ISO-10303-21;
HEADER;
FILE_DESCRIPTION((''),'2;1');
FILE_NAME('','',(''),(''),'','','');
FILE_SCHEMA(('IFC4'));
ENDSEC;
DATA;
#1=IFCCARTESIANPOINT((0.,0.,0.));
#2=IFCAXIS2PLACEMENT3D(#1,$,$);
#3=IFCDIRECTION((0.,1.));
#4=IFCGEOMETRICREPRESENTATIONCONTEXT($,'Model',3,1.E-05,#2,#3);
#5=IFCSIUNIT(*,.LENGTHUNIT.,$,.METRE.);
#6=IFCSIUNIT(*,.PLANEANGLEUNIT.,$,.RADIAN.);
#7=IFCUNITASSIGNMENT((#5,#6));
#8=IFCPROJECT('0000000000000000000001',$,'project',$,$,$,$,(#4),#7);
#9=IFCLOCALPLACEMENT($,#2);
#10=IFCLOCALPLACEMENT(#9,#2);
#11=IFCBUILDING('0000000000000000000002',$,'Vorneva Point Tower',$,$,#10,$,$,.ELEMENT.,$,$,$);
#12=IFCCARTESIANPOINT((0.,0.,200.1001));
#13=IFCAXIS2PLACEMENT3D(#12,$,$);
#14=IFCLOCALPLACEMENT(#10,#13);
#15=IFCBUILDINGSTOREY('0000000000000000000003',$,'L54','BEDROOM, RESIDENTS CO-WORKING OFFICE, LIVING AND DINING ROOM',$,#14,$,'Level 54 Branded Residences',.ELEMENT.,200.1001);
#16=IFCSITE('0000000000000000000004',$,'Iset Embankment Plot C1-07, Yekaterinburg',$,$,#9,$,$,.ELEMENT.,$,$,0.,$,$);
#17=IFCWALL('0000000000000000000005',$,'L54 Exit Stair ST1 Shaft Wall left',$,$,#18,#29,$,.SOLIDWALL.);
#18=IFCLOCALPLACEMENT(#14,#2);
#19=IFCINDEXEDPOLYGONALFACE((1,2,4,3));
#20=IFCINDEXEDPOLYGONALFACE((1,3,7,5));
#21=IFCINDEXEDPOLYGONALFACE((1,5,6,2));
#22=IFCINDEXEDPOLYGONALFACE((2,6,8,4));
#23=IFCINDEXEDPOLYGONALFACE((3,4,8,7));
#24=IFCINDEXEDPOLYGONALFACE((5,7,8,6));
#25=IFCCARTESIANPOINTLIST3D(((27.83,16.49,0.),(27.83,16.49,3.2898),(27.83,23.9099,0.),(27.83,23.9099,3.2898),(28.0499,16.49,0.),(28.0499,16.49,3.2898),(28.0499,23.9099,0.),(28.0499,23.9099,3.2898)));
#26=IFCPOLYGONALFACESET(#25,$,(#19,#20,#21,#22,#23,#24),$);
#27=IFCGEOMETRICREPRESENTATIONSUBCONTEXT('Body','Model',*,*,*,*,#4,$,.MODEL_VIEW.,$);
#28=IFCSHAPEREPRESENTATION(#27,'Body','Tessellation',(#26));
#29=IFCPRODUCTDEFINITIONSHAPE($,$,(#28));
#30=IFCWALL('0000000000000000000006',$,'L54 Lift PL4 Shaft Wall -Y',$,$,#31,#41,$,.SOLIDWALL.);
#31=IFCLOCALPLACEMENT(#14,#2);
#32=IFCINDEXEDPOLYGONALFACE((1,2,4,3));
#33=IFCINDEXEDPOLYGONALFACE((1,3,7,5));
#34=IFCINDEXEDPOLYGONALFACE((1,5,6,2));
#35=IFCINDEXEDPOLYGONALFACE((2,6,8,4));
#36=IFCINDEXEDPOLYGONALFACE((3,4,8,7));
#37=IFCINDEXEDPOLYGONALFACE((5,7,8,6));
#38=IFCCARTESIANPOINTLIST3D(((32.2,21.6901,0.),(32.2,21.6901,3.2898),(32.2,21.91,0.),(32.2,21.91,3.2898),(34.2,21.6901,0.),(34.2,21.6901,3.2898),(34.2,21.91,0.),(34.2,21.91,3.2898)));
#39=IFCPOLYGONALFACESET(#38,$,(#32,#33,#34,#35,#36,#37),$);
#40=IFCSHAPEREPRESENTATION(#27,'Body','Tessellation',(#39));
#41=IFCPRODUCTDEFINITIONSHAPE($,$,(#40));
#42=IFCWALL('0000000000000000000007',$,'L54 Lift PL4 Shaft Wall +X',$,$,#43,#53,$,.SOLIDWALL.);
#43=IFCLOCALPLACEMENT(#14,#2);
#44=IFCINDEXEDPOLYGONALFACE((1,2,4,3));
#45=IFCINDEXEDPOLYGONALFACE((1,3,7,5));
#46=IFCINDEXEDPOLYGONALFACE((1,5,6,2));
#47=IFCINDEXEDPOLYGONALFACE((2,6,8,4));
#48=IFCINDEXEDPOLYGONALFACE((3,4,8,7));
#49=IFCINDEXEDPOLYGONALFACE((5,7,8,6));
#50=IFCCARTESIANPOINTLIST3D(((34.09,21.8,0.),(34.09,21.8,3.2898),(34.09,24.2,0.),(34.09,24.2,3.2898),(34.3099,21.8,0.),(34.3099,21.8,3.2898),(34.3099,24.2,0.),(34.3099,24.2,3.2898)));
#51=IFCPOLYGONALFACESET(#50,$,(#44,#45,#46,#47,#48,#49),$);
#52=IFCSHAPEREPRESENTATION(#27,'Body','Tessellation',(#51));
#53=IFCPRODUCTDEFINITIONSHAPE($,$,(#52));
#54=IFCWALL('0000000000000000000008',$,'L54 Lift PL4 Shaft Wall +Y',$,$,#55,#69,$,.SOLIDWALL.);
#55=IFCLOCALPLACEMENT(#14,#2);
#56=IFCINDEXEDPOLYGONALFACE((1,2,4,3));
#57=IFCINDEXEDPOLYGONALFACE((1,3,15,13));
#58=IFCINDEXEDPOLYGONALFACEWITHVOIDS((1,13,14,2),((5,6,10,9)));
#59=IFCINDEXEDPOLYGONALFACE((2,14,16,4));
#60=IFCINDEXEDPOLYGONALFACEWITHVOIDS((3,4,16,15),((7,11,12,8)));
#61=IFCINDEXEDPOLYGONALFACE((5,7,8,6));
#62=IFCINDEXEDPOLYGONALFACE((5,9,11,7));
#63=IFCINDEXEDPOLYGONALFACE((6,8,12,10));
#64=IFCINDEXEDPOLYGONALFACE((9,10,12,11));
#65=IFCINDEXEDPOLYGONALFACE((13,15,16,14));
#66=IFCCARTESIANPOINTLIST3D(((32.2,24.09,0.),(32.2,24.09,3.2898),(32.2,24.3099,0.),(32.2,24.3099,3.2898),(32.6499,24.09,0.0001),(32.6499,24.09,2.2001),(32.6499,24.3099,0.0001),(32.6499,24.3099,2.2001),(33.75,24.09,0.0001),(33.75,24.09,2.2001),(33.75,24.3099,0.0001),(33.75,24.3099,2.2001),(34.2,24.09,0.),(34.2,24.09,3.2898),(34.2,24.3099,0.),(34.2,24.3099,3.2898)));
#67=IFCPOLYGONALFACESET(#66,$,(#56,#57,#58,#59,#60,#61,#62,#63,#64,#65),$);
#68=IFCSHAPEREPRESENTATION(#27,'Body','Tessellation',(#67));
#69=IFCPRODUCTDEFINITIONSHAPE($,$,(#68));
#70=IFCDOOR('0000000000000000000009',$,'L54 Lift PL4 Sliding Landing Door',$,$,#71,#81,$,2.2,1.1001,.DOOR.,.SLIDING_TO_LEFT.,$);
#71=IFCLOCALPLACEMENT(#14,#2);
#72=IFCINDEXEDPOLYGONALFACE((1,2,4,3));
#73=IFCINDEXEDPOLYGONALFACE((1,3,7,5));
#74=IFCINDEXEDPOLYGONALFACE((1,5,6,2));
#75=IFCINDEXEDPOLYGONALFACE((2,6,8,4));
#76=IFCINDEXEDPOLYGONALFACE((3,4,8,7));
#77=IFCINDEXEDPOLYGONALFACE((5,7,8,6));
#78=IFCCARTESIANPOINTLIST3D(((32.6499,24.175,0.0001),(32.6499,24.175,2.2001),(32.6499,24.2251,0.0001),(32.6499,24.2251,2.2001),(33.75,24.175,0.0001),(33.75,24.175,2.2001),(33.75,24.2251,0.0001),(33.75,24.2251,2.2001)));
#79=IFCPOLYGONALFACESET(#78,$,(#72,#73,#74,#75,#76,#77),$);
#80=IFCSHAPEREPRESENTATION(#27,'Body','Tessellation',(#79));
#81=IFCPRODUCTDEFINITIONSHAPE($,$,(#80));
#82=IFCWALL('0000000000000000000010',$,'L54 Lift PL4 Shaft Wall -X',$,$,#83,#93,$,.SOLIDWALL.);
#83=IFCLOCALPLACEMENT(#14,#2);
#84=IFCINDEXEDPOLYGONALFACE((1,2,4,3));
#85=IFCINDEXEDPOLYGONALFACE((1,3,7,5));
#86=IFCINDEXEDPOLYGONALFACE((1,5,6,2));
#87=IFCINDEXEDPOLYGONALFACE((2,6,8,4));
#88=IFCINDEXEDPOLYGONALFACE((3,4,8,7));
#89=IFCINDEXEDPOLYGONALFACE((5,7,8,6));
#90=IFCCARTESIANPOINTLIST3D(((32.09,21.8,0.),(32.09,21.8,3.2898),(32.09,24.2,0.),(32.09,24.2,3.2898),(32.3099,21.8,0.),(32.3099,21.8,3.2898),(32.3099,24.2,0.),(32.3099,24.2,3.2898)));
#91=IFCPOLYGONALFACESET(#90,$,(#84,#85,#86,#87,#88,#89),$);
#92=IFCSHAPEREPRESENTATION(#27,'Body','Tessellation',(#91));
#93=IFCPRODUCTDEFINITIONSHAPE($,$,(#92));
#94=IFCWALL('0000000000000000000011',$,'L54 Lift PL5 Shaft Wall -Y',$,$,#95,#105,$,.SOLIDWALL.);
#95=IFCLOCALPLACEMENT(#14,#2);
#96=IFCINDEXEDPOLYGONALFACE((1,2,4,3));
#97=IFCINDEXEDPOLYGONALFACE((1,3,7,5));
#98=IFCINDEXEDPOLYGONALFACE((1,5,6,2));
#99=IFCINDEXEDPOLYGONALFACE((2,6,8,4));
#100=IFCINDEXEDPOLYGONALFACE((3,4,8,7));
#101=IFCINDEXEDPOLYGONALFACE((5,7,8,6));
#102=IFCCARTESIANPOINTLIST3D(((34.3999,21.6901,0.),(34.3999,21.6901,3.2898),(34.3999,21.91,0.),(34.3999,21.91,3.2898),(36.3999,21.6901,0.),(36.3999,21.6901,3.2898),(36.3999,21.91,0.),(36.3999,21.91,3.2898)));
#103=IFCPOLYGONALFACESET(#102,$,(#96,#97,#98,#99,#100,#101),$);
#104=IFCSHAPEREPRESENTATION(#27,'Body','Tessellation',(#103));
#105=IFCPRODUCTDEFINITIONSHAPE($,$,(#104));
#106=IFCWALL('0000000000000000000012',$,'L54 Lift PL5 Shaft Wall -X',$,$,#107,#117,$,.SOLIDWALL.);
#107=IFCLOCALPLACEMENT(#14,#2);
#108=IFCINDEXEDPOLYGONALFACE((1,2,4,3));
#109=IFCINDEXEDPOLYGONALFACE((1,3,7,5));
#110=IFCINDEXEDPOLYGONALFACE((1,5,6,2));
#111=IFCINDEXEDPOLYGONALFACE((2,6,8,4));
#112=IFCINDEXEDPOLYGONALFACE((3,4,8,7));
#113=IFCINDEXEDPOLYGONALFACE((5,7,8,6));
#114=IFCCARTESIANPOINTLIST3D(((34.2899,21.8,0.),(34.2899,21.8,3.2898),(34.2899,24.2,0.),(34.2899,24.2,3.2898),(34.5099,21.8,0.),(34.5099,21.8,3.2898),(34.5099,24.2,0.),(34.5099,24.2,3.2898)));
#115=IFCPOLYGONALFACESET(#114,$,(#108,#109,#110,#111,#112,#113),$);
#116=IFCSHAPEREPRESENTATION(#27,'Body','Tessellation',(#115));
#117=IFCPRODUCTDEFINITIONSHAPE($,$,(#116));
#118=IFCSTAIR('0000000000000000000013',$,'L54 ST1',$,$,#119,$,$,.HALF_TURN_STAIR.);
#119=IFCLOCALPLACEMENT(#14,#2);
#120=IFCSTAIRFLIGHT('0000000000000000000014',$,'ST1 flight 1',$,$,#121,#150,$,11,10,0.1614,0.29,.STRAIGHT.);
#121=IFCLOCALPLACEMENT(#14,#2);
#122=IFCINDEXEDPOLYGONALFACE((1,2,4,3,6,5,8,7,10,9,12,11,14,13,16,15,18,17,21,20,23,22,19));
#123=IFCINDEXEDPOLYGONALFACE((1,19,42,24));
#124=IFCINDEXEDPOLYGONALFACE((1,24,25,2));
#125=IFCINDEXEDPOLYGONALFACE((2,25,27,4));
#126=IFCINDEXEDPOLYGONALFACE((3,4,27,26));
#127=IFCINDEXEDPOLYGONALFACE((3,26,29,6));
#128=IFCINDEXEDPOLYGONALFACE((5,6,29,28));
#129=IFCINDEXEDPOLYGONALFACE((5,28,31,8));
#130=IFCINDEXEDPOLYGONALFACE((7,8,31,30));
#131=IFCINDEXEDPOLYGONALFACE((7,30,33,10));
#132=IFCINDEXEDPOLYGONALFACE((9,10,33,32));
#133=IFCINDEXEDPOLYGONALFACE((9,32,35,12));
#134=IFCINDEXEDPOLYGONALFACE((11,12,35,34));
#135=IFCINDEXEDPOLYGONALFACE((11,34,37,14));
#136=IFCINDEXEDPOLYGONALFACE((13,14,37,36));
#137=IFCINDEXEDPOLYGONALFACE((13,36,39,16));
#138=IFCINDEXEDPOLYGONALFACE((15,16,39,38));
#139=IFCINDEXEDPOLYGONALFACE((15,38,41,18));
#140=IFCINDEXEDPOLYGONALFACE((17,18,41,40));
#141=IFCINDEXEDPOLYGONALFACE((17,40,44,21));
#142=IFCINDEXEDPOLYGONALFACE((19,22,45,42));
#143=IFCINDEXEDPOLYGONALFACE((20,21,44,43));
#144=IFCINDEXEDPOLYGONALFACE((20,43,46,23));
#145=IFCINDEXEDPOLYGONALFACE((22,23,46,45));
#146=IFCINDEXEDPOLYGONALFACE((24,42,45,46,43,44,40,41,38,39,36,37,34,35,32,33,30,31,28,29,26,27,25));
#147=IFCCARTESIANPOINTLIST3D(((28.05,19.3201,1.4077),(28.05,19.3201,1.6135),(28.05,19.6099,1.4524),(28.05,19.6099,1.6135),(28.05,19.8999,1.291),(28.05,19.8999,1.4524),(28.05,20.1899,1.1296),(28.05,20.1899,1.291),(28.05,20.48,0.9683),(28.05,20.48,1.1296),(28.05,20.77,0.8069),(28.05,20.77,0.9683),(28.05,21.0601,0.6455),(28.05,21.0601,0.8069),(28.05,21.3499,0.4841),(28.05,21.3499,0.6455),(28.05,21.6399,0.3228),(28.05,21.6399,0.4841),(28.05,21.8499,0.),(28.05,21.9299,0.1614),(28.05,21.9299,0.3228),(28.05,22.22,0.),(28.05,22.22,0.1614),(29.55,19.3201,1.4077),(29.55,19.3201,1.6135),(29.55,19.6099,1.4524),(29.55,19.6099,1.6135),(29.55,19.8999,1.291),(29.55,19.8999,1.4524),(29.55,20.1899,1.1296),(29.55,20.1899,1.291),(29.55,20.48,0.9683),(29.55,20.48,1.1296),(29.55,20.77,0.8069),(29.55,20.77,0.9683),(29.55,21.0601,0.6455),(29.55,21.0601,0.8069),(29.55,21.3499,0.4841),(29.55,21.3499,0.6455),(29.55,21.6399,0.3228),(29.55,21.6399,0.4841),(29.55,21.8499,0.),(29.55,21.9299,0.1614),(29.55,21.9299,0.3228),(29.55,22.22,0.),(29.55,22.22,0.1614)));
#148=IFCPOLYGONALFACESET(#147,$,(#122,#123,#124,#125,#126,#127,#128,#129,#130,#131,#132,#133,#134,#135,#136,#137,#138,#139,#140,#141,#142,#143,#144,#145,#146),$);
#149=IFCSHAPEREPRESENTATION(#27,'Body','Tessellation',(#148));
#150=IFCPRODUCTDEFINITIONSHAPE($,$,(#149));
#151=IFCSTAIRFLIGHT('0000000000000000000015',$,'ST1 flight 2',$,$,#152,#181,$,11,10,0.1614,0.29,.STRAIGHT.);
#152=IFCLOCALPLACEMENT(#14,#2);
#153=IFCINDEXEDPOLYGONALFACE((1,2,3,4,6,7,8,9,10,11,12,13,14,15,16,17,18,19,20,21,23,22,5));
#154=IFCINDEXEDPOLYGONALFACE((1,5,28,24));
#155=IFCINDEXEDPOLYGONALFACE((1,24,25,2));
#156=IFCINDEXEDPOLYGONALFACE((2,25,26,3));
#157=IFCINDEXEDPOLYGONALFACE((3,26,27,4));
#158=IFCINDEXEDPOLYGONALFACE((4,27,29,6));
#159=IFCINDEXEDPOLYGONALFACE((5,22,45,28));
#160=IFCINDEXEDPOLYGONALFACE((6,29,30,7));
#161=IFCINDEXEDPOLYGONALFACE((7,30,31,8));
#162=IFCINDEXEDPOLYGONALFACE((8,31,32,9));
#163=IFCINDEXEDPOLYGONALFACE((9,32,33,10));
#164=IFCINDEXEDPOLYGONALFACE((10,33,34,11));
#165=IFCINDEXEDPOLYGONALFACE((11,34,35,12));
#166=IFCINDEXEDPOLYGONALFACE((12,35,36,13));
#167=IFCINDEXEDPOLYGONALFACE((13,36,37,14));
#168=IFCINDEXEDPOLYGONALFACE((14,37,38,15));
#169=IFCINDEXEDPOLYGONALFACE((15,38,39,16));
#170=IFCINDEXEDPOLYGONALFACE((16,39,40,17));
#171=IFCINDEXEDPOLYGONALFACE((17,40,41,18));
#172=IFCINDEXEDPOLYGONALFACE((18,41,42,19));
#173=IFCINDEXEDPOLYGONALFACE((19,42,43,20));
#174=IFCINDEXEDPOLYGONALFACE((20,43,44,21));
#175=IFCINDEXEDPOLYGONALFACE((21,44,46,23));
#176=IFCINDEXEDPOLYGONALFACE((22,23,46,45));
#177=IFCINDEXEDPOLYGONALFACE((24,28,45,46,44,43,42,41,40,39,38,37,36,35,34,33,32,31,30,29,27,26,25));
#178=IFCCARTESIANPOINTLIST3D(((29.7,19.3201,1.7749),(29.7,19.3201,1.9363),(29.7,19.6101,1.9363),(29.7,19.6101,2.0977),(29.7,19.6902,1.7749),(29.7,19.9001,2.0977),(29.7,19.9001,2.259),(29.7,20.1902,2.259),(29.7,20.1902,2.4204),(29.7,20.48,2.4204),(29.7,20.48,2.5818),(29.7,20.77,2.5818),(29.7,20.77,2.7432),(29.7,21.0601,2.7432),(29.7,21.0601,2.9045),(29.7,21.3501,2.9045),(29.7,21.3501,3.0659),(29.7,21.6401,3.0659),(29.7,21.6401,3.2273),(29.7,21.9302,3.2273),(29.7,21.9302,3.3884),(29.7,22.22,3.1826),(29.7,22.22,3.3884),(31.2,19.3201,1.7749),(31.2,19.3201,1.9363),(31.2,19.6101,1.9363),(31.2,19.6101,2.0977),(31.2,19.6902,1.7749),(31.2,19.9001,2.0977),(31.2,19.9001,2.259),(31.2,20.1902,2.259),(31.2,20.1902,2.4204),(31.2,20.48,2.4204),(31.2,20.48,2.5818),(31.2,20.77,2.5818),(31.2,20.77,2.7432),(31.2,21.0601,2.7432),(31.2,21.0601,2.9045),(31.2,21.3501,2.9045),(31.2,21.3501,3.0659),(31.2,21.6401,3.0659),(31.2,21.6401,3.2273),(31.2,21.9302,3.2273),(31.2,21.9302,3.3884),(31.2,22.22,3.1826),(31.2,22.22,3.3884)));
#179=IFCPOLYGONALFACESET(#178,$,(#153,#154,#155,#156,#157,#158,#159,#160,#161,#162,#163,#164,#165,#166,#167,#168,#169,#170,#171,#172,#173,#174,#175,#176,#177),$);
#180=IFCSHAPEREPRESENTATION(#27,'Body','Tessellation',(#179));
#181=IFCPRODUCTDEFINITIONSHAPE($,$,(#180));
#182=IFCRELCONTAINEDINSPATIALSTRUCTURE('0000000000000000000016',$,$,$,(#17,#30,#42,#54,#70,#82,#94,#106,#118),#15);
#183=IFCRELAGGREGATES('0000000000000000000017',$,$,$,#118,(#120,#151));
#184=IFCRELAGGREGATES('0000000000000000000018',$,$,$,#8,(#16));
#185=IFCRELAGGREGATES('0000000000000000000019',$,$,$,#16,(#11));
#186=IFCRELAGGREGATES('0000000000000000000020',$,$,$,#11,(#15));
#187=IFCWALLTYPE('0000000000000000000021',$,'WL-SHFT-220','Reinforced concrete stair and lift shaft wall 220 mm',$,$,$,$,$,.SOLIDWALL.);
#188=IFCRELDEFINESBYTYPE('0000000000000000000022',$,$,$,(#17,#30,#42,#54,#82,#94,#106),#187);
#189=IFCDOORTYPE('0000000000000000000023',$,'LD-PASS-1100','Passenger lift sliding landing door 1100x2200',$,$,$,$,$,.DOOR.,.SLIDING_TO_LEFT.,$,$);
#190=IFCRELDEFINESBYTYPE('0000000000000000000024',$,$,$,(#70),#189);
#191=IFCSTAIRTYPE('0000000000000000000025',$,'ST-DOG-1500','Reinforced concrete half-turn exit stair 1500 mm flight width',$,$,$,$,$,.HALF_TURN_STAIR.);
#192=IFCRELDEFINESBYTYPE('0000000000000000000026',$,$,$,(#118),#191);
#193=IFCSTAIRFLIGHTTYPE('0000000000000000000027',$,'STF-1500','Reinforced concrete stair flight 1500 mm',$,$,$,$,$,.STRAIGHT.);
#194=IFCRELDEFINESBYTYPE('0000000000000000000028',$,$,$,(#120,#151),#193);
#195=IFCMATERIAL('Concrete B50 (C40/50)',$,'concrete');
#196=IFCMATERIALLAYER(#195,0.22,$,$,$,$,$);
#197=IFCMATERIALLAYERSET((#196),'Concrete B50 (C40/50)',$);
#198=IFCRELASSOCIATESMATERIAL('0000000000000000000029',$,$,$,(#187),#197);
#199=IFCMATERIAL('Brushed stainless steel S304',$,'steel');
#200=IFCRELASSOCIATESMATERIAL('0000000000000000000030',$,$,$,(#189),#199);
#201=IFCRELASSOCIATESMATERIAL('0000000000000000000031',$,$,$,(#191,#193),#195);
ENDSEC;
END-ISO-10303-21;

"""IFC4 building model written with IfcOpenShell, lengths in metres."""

from ifc_helpers import new_model, si_unit, direction, frame, frame_2d, origin, place, context, subcontext, project, spatial, polyline, rectangle, outline, extrude, material, layer, layer_set, type_object, element, fill, aggregate, save


model = new_model("IFC4")

# Units and contexts
model_context = context("Model", 3, precision=1e-05, world=origin(), true_north=direction((0.0, 1.0)))
body_context = subcontext(model_context, "Body", "Model", "MODEL_VIEW")
ifc_project = project(units=[si_unit("LENGTHUNIT", "METRE"), si_unit("PLANEANGLEUNIT", "RADIAN")], contexts=[model_context])

# Site, building, storey
site_placement = place(None, origin())
site = spatial("IfcSite", under=ifc_project, at=site_placement, Name="Iset Embankment Plot C1-07, Yekaterinburg", CompositionType="ELEMENT", RefElevation=0.0)
building_placement = place(site_placement, origin())
building = spatial("IfcBuilding", under=site, at=building_placement, Name="Vorneva Point Tower", CompositionType="ELEMENT")
storey_placement = place(building_placement, frame((0.0, 0.0, 200.1001)))
storey = spatial("IfcBuildingStorey", under=building, at=storey_placement, Name="L54", Description="BEDROOM, RESIDENTS CO-WORKING OFFICE, LIVING AND DINING ROOM", LongName="Level 54 Branded Residences", CompositionType="ELEMENT", Elevation=200.1001)

# Shared definitions
ifc_material_1 = material(Name="Concrete B50 (C40/50)", Category="concrete")

# Shared definitions
ifc_layer_1 = layer(ifc_material_1, 0.22)
ifc_layer_set_1 = layer_set([ifc_layer_1], Name="Concrete B50 (C40/50)")
wall_type_1 = type_object("IfcWallType", Name="WL-SHFT-220", Description="Reinforced concrete stair and lift shaft wall 220 mm", PredefinedType="SOLIDWALL", material=ifc_layer_set_1)

# Walls
wall_1_placement = place(storey_placement, frame((27.9399, 16.49, 0.0), z_axis=(0.0, 0.0, 1.0), x_axis=(0.0, 1.0, 0.0)))
element("IfcWall", 1, at=wall_1_placement, inside=storey, type_object=wall_type_1, Name="L54 Exit Stair ST1 Shaft Wall left", PredefinedType="SOLIDWALL", context=body_context, shape_type="SweptSolid", body=[
    extrude(rectangle(XDim=7.4199, YDim=0.22, at=frame_2d((3.71, 0.0))), origin(), (0.0, 0.0, 1.0), 3.2898),
])
wall_2_placement = place(storey_placement, frame((32.2, 21.8, 0.0), z_axis=(0.0, 0.0, 1.0), x_axis=(1.0, 0.0, 0.0)))
element("IfcWall", 2, at=wall_2_placement, inside=storey, type_object=wall_type_1, Name="L54 Lift PL4 Shaft Wall -Y", PredefinedType="SOLIDWALL", context=body_context, shape_type="SweptSolid", body=[
    extrude(rectangle(XDim=2.0, YDim=0.22, at=frame_2d((1.0, 0.0))), origin(), (0.0, 0.0, 1.0), 3.2898),
])
wall_3_placement = place(storey_placement, frame((34.2, 21.8, 0.0), z_axis=(0.0, 0.0, 1.0), x_axis=(0.0, 1.0, 0.0)))
element("IfcWall", 3, at=wall_3_placement, inside=storey, type_object=wall_type_1, Name="L54 Lift PL4 Shaft Wall +X", PredefinedType="SOLIDWALL", context=body_context, shape_type="SweptSolid", body=[
    extrude(rectangle(XDim=2.3999, YDim=0.22, at=frame_2d((1.2, 0.0))), origin(), (0.0, 0.0, 1.0), 3.2898),
])

# Wall, opening, door
wall_4_placement = place(storey_placement, frame((34.2, 24.2, 0.0), z_axis=(0.0, 0.0, 1.0), x_axis=(-1.0, 0.0, 0.0)))
wall_4 = element("IfcWall", 4, at=wall_4_placement, inside=storey, type_object=wall_type_1, Name="L54 Lift PL4 Shaft Wall +Y", PredefinedType="SOLIDWALL", context=body_context, shape_type="SweptSolid", body=[
    extrude(rectangle(XDim=2.0, YDim=0.22, at=frame_2d((1.0, 0.0))), origin(), (0.0, 0.0, 1.0), 3.2898),
])
opening_1_placement = place(wall_4_placement, frame((0.45, 0.0, 0.0)))
opening_1 = element("IfcOpeningElement", 5, at=opening_1_placement, cuts=wall_4, PredefinedType="OPENING", context=body_context, shape_type="SweptSolid", body=[
    extrude(rectangle(XDim=1.1001, YDim=2.2, at=frame_2d((0.55, 1.1001))), frame((0.0, 0.125, 0.0), z_axis=(0.0, -1.0, 0.0), x_axis=(1.0, 0.0, 0.0)), (0.0, 0.0, 1.0), 0.2498),
])
ifc_material_2 = material(Name="Brushed stainless steel S304", Category="steel")
door_type_1 = type_object("IfcDoorType", Name="LD-PASS-1100", Description="Passenger lift sliding landing door 1100x2200", OperationType="SLIDING_TO_LEFT", PredefinedType="DOOR", material=ifc_material_2)
door_1_placement = place(opening_1_placement, origin())
door_1 = element("IfcDoor", 6, at=door_1_placement, inside=storey, type_object=door_type_1, Name="L54 Lift PL4 Sliding Landing Door", OperationType="SLIDING_TO_LEFT", OverallHeight=2.2, OverallWidth=1.1001, PredefinedType="DOOR", context=body_context, shape_type="SweptSolid", body=[
    extrude(rectangle(XDim=1.1001, YDim=2.2, at=frame_2d((0.55, 1.1001))), frame((0.0, 0.0249, 0.0), z_axis=(0.0, -1.0, 0.0), x_axis=(1.0, 0.0, 0.0)), (0.0, 0.0, 1.0), 0.05),
])
fill(opening_1, door_1)

# Walls
wall_5_placement = place(storey_placement, frame((32.2, 24.2, 0.0), z_axis=(0.0, 0.0, 1.0), x_axis=(0.0, -1.0, 0.0)))
element("IfcWall", 7, at=wall_5_placement, inside=storey, type_object=wall_type_1, Name="L54 Lift PL4 Shaft Wall -X", PredefinedType="SOLIDWALL", context=body_context, shape_type="SweptSolid", body=[
    extrude(rectangle(XDim=2.3999, YDim=0.22, at=frame_2d((1.2, 0.0))), origin(), (0.0, 0.0, 1.0), 3.2898),
])
wall_6_placement = place(storey_placement, frame((34.3999, 21.8, 0.0), z_axis=(0.0, 0.0, 1.0), x_axis=(1.0, 0.0, 0.0)))
element("IfcWall", 8, at=wall_6_placement, inside=storey, type_object=wall_type_1, Name="L54 Lift PL5 Shaft Wall -Y", PredefinedType="SOLIDWALL", context=body_context, shape_type="SweptSolid", body=[
    extrude(rectangle(XDim=2.0, YDim=0.22, at=frame_2d((1.0, 0.0))), origin(), (0.0, 0.0, 1.0), 3.2898),
])
wall_7_placement = place(storey_placement, frame((34.3999, 24.2, 0.0), z_axis=(0.0, 0.0, 1.0), x_axis=(0.0, -1.0, 0.0)))
element("IfcWall", 9, at=wall_7_placement, inside=storey, type_object=wall_type_1, Name="L54 Lift PL5 Shaft Wall -X", PredefinedType="SOLIDWALL", context=body_context, shape_type="SweptSolid", body=[
    extrude(rectangle(XDim=2.3999, YDim=0.22, at=frame_2d((1.2, 0.0))), origin(), (0.0, 0.0, 1.0), 3.2898),
])

# Stair, stair flights
stair_type = type_object("IfcStairType", Name="ST-DOG-1500", Description="Reinforced concrete half-turn exit stair 1500 mm flight width", PredefinedType="HALF_TURN_STAIR", material=ifc_material_1)
stair_placement = place(storey_placement, origin())
stair = element("IfcStair", 10, at=stair_placement, inside=storey, type_object=stair_type, Name="L54 ST1", PredefinedType="HALF_TURN_STAIR")
stair_flight_type = type_object("IfcStairFlightType", Name="STF-1500", Description="Reinforced concrete stair flight 1500 mm", PredefinedType="STRAIGHT", material=ifc_material_1)
stair_flight_1_placement = place(storey_placement, frame((28.8, 22.22, 0.0), z_axis=(0.0, 0.0, 1.0), x_axis=(0.0, -1.0, 0.0)))
stair_flight_1 = element("IfcStairFlight", 11, at=stair_flight_1_placement, type_object=stair_flight_type, Name="ST1 flight 1", NumberOfRisers=11, NumberOfTreads=10, PredefinedType="STRAIGHT", RiserHeight=0.1614, TreadLength=0.29, context=body_context, shape_type="SweptSolid", body=[
    extrude(outline(polyline([(0.0, 0.0), (0.0, 0.1614), (0.29, 0.1614), (0.29, 0.3228), (0.5801, 0.3228), (0.5801, 0.4841), (0.8701, 0.4841), (0.8701, 0.6455), (1.1599, 0.6455), (1.1599, 0.8069), (1.45, 0.8069), (1.45, 0.9683), (1.74, 0.9683), (1.74, 1.1296), (2.03, 1.1296), (2.03, 1.291), (2.3201, 1.291), (2.3201, 1.4524), (2.6101, 1.4524), (2.6101, 1.6135), (2.8999, 1.6135), (2.8999, 1.7749), (2.8999, 1.4077), (0.3701, 0.0), (0.0, 0.0)])), frame((0.0, 0.75, 0.0), z_axis=(0.0, -1.0, 0.0), x_axis=(1.0, 0.0, 0.0)), (0.0, 0.0, 1.0), 1.5),
])
stair_flight_2_placement = place(storey_placement, frame((30.45, 19.3201, 1.7749), z_axis=(0.0, 0.0, 1.0), x_axis=(0.0, 1.0, 0.0)))
stair_flight_2 = element("IfcStairFlight", 12, at=stair_flight_2_placement, type_object=stair_flight_type, Name="ST1 flight 2", NumberOfRisers=11, NumberOfTreads=10, PredefinedType="STRAIGHT", RiserHeight=0.1614, TreadLength=0.29, context=body_context, shape_type="SweptSolid", body=[
    extrude(outline(polyline([(0.0, 0.0), (0.0, 0.1614), (0.29, 0.1614), (0.29, 0.3228), (0.5801, 0.3228), (0.5801, 0.4841), (0.8701, 0.4841), (0.8701, 0.6455), (1.1599, 0.6455), (1.1599, 0.8069), (1.45, 0.8069), (1.45, 0.9683), (1.74, 0.9683), (1.74, 1.1296), (2.03, 1.1296), (2.03, 1.291), (2.3201, 1.291), (2.3201, 1.4524), (2.6101, 1.4524), (2.6101, 1.6135), (2.8999, 1.6135), (2.8999, 1.7749), (2.8999, 1.4077), (0.3701, 0.0), (0.0, 0.0)])), frame((0.0, 0.75, 0.0), z_axis=(0.0, -1.0, 0.0), x_axis=(1.0, 0.0, 0.0)), (0.0, 0.0, 1.0), 1.5),
])
aggregate(stair, [stair_flight_1, stair_flight_2])

save(model, "model.ifc")
